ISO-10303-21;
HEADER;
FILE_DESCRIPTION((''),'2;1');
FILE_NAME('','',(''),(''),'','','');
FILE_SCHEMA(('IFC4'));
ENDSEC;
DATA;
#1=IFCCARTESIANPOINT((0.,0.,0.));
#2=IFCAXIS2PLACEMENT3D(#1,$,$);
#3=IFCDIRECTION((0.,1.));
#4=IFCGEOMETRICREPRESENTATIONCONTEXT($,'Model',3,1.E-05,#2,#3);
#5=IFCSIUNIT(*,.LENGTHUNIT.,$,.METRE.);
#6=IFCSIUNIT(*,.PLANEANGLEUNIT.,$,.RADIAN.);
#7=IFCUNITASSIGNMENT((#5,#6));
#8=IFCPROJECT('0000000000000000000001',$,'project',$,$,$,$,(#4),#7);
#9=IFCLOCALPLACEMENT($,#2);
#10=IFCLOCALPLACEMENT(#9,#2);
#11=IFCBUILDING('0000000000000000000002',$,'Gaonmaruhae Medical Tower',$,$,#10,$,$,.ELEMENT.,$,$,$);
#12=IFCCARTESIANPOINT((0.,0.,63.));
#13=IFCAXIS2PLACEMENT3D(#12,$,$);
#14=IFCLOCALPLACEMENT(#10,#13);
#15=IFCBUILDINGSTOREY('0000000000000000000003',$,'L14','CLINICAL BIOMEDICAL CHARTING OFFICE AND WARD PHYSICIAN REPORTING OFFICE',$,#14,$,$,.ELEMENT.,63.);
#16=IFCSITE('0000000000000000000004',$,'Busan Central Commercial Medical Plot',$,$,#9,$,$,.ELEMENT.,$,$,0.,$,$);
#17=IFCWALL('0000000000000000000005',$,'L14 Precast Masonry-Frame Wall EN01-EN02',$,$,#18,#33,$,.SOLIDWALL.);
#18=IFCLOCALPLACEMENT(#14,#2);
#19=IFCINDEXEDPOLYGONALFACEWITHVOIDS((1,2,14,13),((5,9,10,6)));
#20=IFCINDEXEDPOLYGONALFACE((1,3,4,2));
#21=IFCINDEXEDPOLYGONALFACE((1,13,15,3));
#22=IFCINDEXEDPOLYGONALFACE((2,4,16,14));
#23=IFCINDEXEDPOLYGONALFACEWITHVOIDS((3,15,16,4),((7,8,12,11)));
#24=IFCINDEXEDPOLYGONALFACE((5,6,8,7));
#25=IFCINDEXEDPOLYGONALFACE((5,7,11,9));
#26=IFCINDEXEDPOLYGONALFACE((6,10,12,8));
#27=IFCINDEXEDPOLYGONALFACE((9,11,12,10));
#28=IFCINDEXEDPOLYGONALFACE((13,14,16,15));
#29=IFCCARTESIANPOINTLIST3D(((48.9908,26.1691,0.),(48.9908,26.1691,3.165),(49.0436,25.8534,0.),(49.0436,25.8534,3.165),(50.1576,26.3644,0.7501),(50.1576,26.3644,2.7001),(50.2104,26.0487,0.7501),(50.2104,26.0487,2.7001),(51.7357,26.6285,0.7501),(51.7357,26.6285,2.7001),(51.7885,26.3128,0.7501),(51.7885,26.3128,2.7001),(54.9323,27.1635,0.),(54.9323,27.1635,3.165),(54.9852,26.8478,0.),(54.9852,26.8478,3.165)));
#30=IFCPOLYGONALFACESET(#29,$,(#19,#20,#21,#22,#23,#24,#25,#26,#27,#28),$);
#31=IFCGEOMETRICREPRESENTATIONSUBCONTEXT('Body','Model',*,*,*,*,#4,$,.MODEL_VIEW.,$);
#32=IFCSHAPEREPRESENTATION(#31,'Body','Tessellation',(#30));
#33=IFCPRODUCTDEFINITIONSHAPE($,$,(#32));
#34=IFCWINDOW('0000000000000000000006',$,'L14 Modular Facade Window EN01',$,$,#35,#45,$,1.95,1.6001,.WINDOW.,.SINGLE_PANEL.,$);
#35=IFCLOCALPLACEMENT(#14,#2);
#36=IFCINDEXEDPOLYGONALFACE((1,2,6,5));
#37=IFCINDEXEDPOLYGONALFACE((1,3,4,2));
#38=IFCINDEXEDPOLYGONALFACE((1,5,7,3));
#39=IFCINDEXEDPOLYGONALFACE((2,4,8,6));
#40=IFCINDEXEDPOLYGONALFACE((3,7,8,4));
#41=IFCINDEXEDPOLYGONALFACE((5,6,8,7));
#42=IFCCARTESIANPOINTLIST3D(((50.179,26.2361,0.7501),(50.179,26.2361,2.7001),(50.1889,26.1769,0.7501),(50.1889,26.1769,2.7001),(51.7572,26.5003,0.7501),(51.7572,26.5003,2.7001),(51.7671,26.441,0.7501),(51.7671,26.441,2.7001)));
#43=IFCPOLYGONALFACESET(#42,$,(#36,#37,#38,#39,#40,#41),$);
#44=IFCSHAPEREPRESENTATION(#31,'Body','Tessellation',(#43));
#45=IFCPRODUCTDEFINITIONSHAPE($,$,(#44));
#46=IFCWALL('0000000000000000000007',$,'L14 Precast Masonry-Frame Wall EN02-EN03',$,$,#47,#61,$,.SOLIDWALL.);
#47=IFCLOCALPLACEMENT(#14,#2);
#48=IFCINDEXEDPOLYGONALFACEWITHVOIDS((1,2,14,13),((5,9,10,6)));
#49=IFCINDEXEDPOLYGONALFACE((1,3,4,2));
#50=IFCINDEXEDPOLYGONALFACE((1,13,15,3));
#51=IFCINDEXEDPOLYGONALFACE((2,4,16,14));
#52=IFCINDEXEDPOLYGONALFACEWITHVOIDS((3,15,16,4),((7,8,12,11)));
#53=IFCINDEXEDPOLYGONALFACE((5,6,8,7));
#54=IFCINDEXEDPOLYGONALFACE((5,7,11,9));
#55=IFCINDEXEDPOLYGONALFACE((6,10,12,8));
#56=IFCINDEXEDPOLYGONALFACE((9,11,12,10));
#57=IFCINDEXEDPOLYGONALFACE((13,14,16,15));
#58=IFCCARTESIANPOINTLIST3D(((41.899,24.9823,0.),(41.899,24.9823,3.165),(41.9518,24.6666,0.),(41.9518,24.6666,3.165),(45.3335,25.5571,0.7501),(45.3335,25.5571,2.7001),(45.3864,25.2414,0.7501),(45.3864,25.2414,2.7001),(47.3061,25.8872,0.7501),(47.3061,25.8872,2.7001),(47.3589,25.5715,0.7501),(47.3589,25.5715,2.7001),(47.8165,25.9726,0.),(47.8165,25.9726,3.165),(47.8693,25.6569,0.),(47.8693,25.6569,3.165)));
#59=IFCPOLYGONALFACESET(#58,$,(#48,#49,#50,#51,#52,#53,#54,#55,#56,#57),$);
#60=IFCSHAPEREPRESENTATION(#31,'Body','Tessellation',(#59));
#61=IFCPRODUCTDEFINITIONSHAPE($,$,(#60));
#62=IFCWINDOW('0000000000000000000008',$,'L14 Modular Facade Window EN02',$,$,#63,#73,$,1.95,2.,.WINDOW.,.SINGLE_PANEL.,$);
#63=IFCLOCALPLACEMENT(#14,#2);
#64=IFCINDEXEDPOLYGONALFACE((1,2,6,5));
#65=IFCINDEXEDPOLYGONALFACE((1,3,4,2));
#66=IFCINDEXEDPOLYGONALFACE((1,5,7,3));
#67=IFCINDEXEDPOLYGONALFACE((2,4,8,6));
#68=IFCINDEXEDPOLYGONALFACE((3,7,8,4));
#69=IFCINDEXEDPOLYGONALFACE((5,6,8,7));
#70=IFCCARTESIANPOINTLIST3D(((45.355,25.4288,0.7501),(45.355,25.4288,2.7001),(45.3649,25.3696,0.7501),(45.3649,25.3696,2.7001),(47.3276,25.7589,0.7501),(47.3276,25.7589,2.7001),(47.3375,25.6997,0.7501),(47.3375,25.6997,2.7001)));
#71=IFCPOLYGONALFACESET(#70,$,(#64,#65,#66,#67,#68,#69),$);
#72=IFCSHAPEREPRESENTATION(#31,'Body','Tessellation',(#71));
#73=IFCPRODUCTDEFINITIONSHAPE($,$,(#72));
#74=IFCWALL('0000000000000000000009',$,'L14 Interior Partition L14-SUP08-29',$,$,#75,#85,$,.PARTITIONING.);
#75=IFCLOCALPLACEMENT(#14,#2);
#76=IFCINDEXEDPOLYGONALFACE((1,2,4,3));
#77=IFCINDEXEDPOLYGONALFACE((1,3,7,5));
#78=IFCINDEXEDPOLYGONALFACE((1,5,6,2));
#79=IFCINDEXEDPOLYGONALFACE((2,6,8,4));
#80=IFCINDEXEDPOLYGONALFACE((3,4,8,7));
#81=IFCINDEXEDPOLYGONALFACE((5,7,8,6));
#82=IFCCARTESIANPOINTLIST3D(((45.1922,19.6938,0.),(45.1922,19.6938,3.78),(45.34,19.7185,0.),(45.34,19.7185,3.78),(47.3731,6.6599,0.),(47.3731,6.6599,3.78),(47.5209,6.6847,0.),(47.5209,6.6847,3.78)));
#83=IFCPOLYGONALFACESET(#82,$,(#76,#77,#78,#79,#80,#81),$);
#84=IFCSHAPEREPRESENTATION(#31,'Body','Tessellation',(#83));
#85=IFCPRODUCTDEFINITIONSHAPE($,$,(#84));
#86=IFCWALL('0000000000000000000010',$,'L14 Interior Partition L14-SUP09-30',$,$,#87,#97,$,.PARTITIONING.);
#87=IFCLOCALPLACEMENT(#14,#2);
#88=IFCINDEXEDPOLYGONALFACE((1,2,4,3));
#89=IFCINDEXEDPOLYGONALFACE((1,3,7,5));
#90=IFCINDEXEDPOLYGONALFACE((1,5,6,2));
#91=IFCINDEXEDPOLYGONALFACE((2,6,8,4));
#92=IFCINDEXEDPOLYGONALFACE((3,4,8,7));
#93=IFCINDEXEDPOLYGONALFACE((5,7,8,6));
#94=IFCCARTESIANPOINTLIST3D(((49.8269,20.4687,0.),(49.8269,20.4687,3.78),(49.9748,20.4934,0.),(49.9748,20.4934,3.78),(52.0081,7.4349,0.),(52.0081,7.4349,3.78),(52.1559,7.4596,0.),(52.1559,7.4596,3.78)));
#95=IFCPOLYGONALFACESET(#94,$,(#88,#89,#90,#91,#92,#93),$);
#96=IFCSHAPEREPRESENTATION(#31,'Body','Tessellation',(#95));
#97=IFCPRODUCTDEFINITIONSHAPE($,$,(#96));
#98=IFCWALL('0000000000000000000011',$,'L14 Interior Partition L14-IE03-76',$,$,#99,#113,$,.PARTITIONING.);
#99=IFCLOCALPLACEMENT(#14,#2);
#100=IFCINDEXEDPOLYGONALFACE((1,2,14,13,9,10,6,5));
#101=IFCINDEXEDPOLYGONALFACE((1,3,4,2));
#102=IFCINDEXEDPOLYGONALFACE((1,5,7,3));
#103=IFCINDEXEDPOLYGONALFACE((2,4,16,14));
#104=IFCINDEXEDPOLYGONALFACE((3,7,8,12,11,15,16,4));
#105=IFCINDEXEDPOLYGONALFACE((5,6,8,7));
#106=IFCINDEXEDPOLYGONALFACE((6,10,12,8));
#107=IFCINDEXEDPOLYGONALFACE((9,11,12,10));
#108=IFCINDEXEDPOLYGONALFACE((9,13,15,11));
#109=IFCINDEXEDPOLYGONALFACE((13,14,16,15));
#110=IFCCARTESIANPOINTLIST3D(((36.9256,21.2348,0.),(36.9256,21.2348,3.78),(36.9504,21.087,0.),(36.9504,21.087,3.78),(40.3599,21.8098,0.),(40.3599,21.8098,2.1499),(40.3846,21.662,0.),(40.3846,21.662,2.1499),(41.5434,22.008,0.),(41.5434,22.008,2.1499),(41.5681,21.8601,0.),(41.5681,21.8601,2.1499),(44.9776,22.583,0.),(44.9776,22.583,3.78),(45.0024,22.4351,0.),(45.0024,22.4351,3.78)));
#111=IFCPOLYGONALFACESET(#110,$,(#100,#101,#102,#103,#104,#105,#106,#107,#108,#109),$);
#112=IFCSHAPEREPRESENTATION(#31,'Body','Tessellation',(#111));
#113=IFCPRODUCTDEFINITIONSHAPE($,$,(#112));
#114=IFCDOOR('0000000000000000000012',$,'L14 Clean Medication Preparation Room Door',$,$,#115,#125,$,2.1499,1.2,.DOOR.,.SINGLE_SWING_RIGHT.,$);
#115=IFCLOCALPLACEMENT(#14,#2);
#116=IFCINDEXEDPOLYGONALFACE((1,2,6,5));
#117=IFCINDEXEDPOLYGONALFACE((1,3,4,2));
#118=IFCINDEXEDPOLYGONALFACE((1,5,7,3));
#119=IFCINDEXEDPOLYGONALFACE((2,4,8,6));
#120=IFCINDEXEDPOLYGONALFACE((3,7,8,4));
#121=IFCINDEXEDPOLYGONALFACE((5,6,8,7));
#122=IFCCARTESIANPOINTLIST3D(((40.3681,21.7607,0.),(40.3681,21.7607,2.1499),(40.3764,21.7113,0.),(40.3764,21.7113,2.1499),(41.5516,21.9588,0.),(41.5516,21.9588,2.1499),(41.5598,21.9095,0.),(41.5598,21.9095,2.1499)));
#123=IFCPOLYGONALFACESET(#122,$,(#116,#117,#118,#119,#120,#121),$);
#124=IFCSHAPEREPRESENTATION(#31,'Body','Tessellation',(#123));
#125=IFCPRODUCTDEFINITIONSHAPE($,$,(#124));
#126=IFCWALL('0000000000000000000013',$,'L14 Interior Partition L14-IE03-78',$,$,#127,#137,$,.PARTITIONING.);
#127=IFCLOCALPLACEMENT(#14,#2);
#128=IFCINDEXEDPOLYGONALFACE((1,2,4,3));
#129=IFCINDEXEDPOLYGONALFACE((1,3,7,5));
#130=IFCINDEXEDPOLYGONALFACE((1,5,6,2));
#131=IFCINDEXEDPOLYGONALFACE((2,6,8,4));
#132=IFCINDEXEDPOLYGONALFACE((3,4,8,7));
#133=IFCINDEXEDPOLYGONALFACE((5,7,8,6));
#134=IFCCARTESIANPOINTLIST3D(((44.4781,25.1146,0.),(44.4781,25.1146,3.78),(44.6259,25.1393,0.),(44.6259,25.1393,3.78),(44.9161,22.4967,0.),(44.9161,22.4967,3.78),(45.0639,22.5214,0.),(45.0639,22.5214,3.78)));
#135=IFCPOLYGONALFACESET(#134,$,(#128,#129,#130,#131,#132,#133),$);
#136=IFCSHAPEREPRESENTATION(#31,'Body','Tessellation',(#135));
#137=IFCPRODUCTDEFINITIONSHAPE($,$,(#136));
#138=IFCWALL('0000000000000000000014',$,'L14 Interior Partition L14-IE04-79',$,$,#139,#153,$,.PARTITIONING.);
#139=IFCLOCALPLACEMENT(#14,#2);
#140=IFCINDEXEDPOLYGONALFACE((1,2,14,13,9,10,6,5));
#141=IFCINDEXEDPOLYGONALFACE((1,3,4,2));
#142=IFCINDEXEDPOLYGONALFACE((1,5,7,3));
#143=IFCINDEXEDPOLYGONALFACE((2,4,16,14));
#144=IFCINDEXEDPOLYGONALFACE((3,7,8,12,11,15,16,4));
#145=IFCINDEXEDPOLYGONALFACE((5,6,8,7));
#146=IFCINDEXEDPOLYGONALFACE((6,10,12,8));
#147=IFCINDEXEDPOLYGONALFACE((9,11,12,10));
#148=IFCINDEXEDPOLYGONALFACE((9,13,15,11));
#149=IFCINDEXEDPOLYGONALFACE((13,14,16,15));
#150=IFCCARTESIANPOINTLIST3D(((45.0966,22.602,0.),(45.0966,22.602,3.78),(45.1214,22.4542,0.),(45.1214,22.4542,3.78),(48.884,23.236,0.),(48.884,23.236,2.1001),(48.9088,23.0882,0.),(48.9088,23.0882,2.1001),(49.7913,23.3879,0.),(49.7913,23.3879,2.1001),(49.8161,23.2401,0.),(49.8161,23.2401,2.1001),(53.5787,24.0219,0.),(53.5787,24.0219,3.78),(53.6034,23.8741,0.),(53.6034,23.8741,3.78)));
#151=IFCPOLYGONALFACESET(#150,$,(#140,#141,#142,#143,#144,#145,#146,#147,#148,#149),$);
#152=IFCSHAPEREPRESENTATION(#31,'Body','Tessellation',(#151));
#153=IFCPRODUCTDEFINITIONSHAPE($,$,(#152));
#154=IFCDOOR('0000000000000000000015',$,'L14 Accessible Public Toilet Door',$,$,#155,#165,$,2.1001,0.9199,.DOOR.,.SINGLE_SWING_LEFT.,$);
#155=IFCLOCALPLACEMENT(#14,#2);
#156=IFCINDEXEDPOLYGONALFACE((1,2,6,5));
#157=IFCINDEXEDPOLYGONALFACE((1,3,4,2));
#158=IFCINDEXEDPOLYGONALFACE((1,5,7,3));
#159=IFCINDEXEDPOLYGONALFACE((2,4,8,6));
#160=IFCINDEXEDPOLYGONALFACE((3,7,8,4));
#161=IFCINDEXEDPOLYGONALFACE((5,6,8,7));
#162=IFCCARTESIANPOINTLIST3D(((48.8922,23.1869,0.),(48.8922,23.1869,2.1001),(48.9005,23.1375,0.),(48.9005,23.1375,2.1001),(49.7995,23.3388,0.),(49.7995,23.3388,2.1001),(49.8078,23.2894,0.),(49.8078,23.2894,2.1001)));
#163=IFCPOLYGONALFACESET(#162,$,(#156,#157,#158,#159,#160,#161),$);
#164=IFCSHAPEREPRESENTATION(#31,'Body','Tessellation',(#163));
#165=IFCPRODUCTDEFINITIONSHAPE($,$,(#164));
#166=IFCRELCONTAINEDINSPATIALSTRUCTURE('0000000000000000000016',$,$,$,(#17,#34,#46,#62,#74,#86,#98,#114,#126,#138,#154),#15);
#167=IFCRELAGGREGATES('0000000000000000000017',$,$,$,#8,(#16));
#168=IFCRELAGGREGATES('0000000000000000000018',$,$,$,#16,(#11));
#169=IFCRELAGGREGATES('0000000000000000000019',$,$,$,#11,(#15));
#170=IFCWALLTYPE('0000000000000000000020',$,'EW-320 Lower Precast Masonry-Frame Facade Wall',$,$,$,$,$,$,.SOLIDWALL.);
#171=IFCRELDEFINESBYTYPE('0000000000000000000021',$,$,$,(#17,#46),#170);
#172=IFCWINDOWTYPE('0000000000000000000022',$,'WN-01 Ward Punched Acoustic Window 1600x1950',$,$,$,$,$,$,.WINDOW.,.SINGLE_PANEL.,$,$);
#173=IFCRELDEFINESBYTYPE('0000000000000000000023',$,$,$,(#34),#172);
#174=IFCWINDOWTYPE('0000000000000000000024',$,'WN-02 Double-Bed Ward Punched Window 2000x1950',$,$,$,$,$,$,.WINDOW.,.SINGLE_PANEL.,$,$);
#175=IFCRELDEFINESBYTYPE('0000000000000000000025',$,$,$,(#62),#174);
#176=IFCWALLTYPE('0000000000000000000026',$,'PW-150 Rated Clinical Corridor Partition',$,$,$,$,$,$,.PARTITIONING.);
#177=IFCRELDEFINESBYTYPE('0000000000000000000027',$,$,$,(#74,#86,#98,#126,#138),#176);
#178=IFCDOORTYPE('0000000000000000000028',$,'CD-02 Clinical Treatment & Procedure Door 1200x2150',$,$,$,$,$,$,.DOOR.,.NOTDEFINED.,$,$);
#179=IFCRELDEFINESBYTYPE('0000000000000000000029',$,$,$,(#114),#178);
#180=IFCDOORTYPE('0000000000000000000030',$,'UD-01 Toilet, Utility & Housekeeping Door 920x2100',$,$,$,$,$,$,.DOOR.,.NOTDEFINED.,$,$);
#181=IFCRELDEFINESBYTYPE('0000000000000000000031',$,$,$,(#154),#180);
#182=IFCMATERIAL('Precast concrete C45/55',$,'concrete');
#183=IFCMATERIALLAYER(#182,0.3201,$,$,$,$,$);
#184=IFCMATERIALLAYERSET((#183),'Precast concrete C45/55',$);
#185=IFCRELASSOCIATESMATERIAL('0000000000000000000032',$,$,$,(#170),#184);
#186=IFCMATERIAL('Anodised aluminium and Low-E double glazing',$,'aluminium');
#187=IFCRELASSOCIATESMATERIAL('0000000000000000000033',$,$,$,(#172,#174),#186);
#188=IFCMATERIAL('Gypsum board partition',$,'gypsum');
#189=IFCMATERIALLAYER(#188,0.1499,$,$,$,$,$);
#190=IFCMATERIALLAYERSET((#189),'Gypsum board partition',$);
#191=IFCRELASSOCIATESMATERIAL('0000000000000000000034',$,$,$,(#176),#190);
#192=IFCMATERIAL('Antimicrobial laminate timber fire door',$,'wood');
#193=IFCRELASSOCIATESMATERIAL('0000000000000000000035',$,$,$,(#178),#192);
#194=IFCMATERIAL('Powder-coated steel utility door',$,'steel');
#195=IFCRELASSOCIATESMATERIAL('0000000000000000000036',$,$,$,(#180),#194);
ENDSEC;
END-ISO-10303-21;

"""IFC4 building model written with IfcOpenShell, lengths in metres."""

from ifc_helpers import new_model, si_unit, direction, frame, frame_2d, origin, place, context, subcontext, project, spatial, rectangle, extrude, material, layer, layer_set, type_object, element, fill, save


model = new_model("IFC4")

# Units and contexts
model_context = context("Model", 3, precision=1e-05, world=origin(), true_north=direction((0.0, 1.0)))
body_context = subcontext(model_context, "Body", "Model", "MODEL_VIEW")
ifc_project = project(units=[si_unit("LENGTHUNIT", "METRE"), si_unit("PLANEANGLEUNIT", "RADIAN")], contexts=[model_context])

# Site, building, storey
site_placement = place(None, origin())
site = spatial("IfcSite", under=ifc_project, at=site_placement, Name="Busan Central Commercial Medical Plot", CompositionType="ELEMENT", RefElevation=0.0)
building_placement = place(site_placement, origin())
building = spatial("IfcBuilding", under=site, at=building_placement, Name="Gaonmaruhae Medical Tower", CompositionType="ELEMENT")
storey_placement = place(building_placement, frame((0.0, 0.0, 63.0)))
storey = spatial("IfcBuildingStorey", under=building, at=storey_placement, Name="L14", Description="CLINICAL BIOMEDICAL CHARTING OFFICE AND WARD PHYSICIAN REPORTING OFFICE", CompositionType="ELEMENT", Elevation=63.0)

# Walls, openings, windows
ifc_material_1 = material(Name="Precast concrete C45/55", Category="concrete")
ifc_layer_1 = layer(ifc_material_1, 0.3201)
ifc_layer_set_1 = layer_set([ifc_layer_1], Name="Precast concrete C45/55")
wall_type_1 = type_object("IfcWallType", Name="EW-320 Lower Precast Masonry-Frame Facade Wall", PredefinedType="SOLIDWALL", material=ifc_layer_set_1)
wall_1_placement = place(storey_placement, frame((49.0171, 26.0112, 0.0), z_axis=(0.0, 0.0, 1.0), x_axis=(0.986283, 0.165063, 0.0)))
wall_1 = element("IfcWall", 1, at=wall_1_placement, inside=storey, type_object=wall_type_1, Name="L14 Precast Masonry-Frame Wall EN01-EN02", PredefinedType="SOLIDWALL", context=body_context, shape_type="SweptSolid", body=[
    extrude(rectangle(XDim=6.0242, YDim=0.3201, at=frame_2d((3.0122, 0.0))), origin(), (0.0, 0.0, 1.0), 3.165),
])
opening_1_placement = place(wall_1_placement, frame((1.1831, 0.0, 0.75)))
opening_1 = element("IfcOpeningElement", 2, at=opening_1_placement, cuts=wall_1, PredefinedType="OPENING", context=body_context, shape_type="SweptSolid", body=[
    extrude(rectangle(XDim=1.6001, YDim=1.95, at=frame_2d((0.8, 0.9751))), frame((0.0, 0.1699, 0.0), z_axis=(0.0, -1.0, 0.0), x_axis=(1.0, 0.0, 0.0)), (0.0, 0.0, 1.0), 0.3401),
])
ifc_material_2 = material(Name="Anodised aluminium and Low-E double glazing", Category="aluminium")
window_type_1 = type_object("IfcWindowType", Name="WN-01 Ward Punched Acoustic Window 1600x1950", PartitioningType="SINGLE_PANEL", PredefinedType="WINDOW", material=ifc_material_2)
window_1_placement = place(opening_1_placement, origin())
window_1 = element("IfcWindow", 3, at=window_1_placement, inside=storey, type_object=window_type_1, Name="L14 Modular Facade Window EN01", OverallHeight=1.95, OverallWidth=1.6001, PartitioningType="SINGLE_PANEL", PredefinedType="WINDOW", context=body_context, shape_type="SweptSolid", body=[
    extrude(rectangle(XDim=1.6001, YDim=1.95, at=frame_2d((0.8, 0.9751))), frame((0.0, 0.03, 0.0), z_axis=(0.0, -1.0, 0.0), x_axis=(1.0, 0.0, 0.0)), (0.0, 0.0, 1.0), 0.0601),
])
fill(opening_1, window_1)
wall_2_placement = place(storey_placement, frame((41.9253, 24.8245, 0.0), z_axis=(0.0, 0.0, 1.0), x_axis=(0.986286, 0.165046, 0.0)))
wall_2 = element("IfcWall", 4, at=wall_2_placement, inside=storey, type_object=wall_type_1, Name="L14 Precast Masonry-Frame Wall EN02-EN03", PredefinedType="SOLIDWALL", context=body_context, shape_type="SweptSolid", body=[
    extrude(rectangle(XDim=5.9998, YDim=0.3201, at=frame_2d((3.0, 0.0))), origin(), (0.0, 0.0, 1.0), 3.165),
])
opening_2_placement = place(wall_2_placement, frame((3.4824, 0.0, 0.75)))
opening_2 = element("IfcOpeningElement", 5, at=opening_2_placement, cuts=wall_2, PredefinedType="OPENING", context=body_context, shape_type="SweptSolid", body=[
    extrude(rectangle(XDim=2.0, YDim=1.95, at=frame_2d((1.0, 0.9751))), frame((0.0, 0.1699, 0.0), z_axis=(0.0, -1.0, 0.0), x_axis=(1.0, 0.0, 0.0)), (0.0, 0.0, 1.0), 0.3401),
])
window_type_2 = type_object("IfcWindowType", Name="WN-02 Double-Bed Ward Punched Window 2000x1950", PartitioningType="SINGLE_PANEL", PredefinedType="WINDOW", material=ifc_material_2)
window_2_placement = place(opening_2_placement, origin())
window_2 = element("IfcWindow", 6, at=window_2_placement, inside=storey, type_object=window_type_2, Name="L14 Modular Facade Window EN02", OverallHeight=1.95, OverallWidth=2.0, PartitioningType="SINGLE_PANEL", PredefinedType="WINDOW", context=body_context, shape_type="SweptSolid", body=[
    extrude(rectangle(XDim=2.0, YDim=1.95, at=frame_2d((1.0, 0.9751))), frame((0.0, 0.03, 0.0), z_axis=(0.0, -1.0, 0.0), x_axis=(1.0, 0.0, 0.0)), (0.0, 0.0, 1.0), 0.0601),
])
fill(opening_2, window_2)

# Walls
ifc_material_3 = material(Name="Gypsum board partition", Category="gypsum")
ifc_layer_2 = layer(ifc_material_3, 0.1499)
ifc_layer_set_2 = layer_set([ifc_layer_2], Name="Gypsum board partition")
wall_type_2 = type_object("IfcWallType", Name="PW-150 Rated Clinical Corridor Partition", PredefinedType="PARTITIONING", material=ifc_layer_set_2)
for number, where, z_axis, x_axis, name in (
    (7, (45.2661, 19.7061, 0.0), (0.0, 0.0, 1.0), (0.165031, -0.986288, 0.0), "L14 Interior Partition L14-SUP08-29"),
    (8, (49.9009, 20.481, 0.0), (0.0, 0.0, 1.0), (0.165049, -0.986285, 0.0), "L14 Interior Partition L14-SUP09-30"),
):
    element("IfcWall", number, at=place(storey_placement, frame(where, z_axis=z_axis, x_axis=x_axis)), inside=storey, type_object=wall_type_2, Name=name, PredefinedType="PARTITIONING", context=body_context, shape_type="SweptSolid", body=[
        extrude(rectangle(XDim=13.2151, YDim=0.1499, at=frame_2d((6.6074, 0.0))), origin(), (0.0, 0.0, 1.0), 3.78),
    ])

# Wall, opening, door
ifc_material_4 = material(Name="Antimicrobial laminate timber fire door", Category="wood")
door_type_1 = type_object("IfcDoorType", Name="CD-02 Clinical Treatment & Procedure Door 1200x2150", OperationType="NOTDEFINED", PredefinedType="DOOR", material=ifc_material_4)
wall_3_placement = place(storey_placement, frame((44.99, 22.509, 0.0), z_axis=(0.0, 0.0, 1.0), x_axis=(-0.986272, -0.165131, 0.0)))
wall_3 = element("IfcWall", 9, at=wall_3_placement, inside=storey, type_object=wall_type_2, Name="L14 Interior Partition L14-IE03-76", PredefinedType="PARTITIONING", context=body_context, shape_type="SweptSolid", body=[
    extrude(rectangle(XDim=8.1641, YDim=0.1499, at=frame_2d((4.082, 0.0))), origin(), (0.0, 0.0, 1.0), 3.78),
])
opening_3_placement = place(wall_3_placement, frame((3.4819, 0.0, 0.0)))
opening_3 = element("IfcOpeningElement", 10, at=opening_3_placement, cuts=wall_3, PredefinedType="OPENING", context=body_context, shape_type="SweptSolid", body=[
    extrude(rectangle(XDim=1.2, YDim=2.1499, at=frame_2d((0.6001, 1.075))), frame((0.0, 0.085, 0.0), z_axis=(0.0, -1.0, 0.0), x_axis=(1.0, 0.0, 0.0)), (0.0, 0.0, 1.0), 0.1699),
])
door_1_placement = place(opening_3_placement, origin())
door_1 = element("IfcDoor", 11, at=door_1_placement, inside=storey, type_object=door_type_1, Name="L14 Clean Medication Preparation Room Door", OperationType="SINGLE_SWING_RIGHT", OverallHeight=2.1499, OverallWidth=1.2, PredefinedType="DOOR", context=body_context, shape_type="SweptSolid", body=[
    extrude(rectangle(XDim=1.2, YDim=2.1499, at=frame_2d((0.6001, 1.075))), frame((0.0, 0.0249, 0.0), z_axis=(0.0, -1.0, 0.0), x_axis=(1.0, 0.0, 0.0)), (0.0, 0.0, 1.0), 0.05),
])
fill(opening_3, door_1)

# Wall
wall_4_placement = place(storey_placement, frame((44.552, 25.127, 0.0), z_axis=(0.0, 0.0, 1.0), x_axis=(0.16501, -0.986292, 0.0)))
element("IfcWall", 12, at=wall_4_placement, inside=storey, type_object=wall_type_2, Name="L14 Interior Partition L14-IE03-78", PredefinedType="PARTITIONING", context=body_context, shape_type="SweptSolid", body=[
    extrude(rectangle(XDim=2.6543, YDim=0.1499, at=frame_2d((1.3271, 0.0))), origin(), (0.0, 0.0, 1.0), 3.78),
])

# Wall, opening, door
wall_5_placement = place(storey_placement, frame((53.5911, 23.948, 0.0), z_axis=(0.0, 0.0, 1.0), x_axis=(-0.986276, -0.165103, 0.0)))
wall_5 = element("IfcWall", 13, at=wall_5_placement, inside=storey, type_object=wall_type_2, Name="L14 Interior Partition L14-IE04-79", PredefinedType="PARTITIONING", context=body_context, shape_type="SweptSolid", body=[
    extrude(rectangle(XDim=8.6001, YDim=0.1499, at=frame_2d((4.3, 0.0))), origin(), (0.0, 0.0, 1.0), 3.78),
])
opening_4_placement = place(wall_5_placement, frame((3.8401, 0.0, 0.0)))
opening_4 = element("IfcOpeningElement", 14, at=opening_4_placement, cuts=wall_5, PredefinedType="OPENING", context=body_context, shape_type="SweptSolid", body=[
    extrude(rectangle(XDim=0.9199, YDim=2.1001, at=frame_2d((0.46, 1.05))), frame((0.0, 0.085, 0.0), z_axis=(0.0, -1.0, 0.0), x_axis=(1.0, 0.0, 0.0)), (0.0, 0.0, 1.0), 0.1699),
])
ifc_material_5 = material(Name="Powder-coated steel utility door", Category="steel")
door_type_2 = type_object("IfcDoorType", Name="UD-01 Toilet, Utility & Housekeeping Door 920x2100", OperationType="NOTDEFINED", PredefinedType="DOOR", material=ifc_material_5)
door_2_placement = place(opening_4_placement, origin())
door_2 = element("IfcDoor", 15, at=door_2_placement, inside=storey, type_object=door_type_2, Name="L14 Accessible Public Toilet Door", OperationType="SINGLE_SWING_LEFT", OverallHeight=2.1001, OverallWidth=0.9199, PredefinedType="DOOR", context=body_context, shape_type="SweptSolid", body=[
    extrude(rectangle(XDim=0.9199, YDim=2.1001, at=frame_2d((0.46, 1.05))), frame((0.0, 0.0249, 0.0), z_axis=(0.0, -1.0, 0.0), x_axis=(1.0, 0.0, 0.0)), (0.0, 0.0, 1.0), 0.05),
])
fill(opening_4, door_2)

save(model, "model.ifc")
